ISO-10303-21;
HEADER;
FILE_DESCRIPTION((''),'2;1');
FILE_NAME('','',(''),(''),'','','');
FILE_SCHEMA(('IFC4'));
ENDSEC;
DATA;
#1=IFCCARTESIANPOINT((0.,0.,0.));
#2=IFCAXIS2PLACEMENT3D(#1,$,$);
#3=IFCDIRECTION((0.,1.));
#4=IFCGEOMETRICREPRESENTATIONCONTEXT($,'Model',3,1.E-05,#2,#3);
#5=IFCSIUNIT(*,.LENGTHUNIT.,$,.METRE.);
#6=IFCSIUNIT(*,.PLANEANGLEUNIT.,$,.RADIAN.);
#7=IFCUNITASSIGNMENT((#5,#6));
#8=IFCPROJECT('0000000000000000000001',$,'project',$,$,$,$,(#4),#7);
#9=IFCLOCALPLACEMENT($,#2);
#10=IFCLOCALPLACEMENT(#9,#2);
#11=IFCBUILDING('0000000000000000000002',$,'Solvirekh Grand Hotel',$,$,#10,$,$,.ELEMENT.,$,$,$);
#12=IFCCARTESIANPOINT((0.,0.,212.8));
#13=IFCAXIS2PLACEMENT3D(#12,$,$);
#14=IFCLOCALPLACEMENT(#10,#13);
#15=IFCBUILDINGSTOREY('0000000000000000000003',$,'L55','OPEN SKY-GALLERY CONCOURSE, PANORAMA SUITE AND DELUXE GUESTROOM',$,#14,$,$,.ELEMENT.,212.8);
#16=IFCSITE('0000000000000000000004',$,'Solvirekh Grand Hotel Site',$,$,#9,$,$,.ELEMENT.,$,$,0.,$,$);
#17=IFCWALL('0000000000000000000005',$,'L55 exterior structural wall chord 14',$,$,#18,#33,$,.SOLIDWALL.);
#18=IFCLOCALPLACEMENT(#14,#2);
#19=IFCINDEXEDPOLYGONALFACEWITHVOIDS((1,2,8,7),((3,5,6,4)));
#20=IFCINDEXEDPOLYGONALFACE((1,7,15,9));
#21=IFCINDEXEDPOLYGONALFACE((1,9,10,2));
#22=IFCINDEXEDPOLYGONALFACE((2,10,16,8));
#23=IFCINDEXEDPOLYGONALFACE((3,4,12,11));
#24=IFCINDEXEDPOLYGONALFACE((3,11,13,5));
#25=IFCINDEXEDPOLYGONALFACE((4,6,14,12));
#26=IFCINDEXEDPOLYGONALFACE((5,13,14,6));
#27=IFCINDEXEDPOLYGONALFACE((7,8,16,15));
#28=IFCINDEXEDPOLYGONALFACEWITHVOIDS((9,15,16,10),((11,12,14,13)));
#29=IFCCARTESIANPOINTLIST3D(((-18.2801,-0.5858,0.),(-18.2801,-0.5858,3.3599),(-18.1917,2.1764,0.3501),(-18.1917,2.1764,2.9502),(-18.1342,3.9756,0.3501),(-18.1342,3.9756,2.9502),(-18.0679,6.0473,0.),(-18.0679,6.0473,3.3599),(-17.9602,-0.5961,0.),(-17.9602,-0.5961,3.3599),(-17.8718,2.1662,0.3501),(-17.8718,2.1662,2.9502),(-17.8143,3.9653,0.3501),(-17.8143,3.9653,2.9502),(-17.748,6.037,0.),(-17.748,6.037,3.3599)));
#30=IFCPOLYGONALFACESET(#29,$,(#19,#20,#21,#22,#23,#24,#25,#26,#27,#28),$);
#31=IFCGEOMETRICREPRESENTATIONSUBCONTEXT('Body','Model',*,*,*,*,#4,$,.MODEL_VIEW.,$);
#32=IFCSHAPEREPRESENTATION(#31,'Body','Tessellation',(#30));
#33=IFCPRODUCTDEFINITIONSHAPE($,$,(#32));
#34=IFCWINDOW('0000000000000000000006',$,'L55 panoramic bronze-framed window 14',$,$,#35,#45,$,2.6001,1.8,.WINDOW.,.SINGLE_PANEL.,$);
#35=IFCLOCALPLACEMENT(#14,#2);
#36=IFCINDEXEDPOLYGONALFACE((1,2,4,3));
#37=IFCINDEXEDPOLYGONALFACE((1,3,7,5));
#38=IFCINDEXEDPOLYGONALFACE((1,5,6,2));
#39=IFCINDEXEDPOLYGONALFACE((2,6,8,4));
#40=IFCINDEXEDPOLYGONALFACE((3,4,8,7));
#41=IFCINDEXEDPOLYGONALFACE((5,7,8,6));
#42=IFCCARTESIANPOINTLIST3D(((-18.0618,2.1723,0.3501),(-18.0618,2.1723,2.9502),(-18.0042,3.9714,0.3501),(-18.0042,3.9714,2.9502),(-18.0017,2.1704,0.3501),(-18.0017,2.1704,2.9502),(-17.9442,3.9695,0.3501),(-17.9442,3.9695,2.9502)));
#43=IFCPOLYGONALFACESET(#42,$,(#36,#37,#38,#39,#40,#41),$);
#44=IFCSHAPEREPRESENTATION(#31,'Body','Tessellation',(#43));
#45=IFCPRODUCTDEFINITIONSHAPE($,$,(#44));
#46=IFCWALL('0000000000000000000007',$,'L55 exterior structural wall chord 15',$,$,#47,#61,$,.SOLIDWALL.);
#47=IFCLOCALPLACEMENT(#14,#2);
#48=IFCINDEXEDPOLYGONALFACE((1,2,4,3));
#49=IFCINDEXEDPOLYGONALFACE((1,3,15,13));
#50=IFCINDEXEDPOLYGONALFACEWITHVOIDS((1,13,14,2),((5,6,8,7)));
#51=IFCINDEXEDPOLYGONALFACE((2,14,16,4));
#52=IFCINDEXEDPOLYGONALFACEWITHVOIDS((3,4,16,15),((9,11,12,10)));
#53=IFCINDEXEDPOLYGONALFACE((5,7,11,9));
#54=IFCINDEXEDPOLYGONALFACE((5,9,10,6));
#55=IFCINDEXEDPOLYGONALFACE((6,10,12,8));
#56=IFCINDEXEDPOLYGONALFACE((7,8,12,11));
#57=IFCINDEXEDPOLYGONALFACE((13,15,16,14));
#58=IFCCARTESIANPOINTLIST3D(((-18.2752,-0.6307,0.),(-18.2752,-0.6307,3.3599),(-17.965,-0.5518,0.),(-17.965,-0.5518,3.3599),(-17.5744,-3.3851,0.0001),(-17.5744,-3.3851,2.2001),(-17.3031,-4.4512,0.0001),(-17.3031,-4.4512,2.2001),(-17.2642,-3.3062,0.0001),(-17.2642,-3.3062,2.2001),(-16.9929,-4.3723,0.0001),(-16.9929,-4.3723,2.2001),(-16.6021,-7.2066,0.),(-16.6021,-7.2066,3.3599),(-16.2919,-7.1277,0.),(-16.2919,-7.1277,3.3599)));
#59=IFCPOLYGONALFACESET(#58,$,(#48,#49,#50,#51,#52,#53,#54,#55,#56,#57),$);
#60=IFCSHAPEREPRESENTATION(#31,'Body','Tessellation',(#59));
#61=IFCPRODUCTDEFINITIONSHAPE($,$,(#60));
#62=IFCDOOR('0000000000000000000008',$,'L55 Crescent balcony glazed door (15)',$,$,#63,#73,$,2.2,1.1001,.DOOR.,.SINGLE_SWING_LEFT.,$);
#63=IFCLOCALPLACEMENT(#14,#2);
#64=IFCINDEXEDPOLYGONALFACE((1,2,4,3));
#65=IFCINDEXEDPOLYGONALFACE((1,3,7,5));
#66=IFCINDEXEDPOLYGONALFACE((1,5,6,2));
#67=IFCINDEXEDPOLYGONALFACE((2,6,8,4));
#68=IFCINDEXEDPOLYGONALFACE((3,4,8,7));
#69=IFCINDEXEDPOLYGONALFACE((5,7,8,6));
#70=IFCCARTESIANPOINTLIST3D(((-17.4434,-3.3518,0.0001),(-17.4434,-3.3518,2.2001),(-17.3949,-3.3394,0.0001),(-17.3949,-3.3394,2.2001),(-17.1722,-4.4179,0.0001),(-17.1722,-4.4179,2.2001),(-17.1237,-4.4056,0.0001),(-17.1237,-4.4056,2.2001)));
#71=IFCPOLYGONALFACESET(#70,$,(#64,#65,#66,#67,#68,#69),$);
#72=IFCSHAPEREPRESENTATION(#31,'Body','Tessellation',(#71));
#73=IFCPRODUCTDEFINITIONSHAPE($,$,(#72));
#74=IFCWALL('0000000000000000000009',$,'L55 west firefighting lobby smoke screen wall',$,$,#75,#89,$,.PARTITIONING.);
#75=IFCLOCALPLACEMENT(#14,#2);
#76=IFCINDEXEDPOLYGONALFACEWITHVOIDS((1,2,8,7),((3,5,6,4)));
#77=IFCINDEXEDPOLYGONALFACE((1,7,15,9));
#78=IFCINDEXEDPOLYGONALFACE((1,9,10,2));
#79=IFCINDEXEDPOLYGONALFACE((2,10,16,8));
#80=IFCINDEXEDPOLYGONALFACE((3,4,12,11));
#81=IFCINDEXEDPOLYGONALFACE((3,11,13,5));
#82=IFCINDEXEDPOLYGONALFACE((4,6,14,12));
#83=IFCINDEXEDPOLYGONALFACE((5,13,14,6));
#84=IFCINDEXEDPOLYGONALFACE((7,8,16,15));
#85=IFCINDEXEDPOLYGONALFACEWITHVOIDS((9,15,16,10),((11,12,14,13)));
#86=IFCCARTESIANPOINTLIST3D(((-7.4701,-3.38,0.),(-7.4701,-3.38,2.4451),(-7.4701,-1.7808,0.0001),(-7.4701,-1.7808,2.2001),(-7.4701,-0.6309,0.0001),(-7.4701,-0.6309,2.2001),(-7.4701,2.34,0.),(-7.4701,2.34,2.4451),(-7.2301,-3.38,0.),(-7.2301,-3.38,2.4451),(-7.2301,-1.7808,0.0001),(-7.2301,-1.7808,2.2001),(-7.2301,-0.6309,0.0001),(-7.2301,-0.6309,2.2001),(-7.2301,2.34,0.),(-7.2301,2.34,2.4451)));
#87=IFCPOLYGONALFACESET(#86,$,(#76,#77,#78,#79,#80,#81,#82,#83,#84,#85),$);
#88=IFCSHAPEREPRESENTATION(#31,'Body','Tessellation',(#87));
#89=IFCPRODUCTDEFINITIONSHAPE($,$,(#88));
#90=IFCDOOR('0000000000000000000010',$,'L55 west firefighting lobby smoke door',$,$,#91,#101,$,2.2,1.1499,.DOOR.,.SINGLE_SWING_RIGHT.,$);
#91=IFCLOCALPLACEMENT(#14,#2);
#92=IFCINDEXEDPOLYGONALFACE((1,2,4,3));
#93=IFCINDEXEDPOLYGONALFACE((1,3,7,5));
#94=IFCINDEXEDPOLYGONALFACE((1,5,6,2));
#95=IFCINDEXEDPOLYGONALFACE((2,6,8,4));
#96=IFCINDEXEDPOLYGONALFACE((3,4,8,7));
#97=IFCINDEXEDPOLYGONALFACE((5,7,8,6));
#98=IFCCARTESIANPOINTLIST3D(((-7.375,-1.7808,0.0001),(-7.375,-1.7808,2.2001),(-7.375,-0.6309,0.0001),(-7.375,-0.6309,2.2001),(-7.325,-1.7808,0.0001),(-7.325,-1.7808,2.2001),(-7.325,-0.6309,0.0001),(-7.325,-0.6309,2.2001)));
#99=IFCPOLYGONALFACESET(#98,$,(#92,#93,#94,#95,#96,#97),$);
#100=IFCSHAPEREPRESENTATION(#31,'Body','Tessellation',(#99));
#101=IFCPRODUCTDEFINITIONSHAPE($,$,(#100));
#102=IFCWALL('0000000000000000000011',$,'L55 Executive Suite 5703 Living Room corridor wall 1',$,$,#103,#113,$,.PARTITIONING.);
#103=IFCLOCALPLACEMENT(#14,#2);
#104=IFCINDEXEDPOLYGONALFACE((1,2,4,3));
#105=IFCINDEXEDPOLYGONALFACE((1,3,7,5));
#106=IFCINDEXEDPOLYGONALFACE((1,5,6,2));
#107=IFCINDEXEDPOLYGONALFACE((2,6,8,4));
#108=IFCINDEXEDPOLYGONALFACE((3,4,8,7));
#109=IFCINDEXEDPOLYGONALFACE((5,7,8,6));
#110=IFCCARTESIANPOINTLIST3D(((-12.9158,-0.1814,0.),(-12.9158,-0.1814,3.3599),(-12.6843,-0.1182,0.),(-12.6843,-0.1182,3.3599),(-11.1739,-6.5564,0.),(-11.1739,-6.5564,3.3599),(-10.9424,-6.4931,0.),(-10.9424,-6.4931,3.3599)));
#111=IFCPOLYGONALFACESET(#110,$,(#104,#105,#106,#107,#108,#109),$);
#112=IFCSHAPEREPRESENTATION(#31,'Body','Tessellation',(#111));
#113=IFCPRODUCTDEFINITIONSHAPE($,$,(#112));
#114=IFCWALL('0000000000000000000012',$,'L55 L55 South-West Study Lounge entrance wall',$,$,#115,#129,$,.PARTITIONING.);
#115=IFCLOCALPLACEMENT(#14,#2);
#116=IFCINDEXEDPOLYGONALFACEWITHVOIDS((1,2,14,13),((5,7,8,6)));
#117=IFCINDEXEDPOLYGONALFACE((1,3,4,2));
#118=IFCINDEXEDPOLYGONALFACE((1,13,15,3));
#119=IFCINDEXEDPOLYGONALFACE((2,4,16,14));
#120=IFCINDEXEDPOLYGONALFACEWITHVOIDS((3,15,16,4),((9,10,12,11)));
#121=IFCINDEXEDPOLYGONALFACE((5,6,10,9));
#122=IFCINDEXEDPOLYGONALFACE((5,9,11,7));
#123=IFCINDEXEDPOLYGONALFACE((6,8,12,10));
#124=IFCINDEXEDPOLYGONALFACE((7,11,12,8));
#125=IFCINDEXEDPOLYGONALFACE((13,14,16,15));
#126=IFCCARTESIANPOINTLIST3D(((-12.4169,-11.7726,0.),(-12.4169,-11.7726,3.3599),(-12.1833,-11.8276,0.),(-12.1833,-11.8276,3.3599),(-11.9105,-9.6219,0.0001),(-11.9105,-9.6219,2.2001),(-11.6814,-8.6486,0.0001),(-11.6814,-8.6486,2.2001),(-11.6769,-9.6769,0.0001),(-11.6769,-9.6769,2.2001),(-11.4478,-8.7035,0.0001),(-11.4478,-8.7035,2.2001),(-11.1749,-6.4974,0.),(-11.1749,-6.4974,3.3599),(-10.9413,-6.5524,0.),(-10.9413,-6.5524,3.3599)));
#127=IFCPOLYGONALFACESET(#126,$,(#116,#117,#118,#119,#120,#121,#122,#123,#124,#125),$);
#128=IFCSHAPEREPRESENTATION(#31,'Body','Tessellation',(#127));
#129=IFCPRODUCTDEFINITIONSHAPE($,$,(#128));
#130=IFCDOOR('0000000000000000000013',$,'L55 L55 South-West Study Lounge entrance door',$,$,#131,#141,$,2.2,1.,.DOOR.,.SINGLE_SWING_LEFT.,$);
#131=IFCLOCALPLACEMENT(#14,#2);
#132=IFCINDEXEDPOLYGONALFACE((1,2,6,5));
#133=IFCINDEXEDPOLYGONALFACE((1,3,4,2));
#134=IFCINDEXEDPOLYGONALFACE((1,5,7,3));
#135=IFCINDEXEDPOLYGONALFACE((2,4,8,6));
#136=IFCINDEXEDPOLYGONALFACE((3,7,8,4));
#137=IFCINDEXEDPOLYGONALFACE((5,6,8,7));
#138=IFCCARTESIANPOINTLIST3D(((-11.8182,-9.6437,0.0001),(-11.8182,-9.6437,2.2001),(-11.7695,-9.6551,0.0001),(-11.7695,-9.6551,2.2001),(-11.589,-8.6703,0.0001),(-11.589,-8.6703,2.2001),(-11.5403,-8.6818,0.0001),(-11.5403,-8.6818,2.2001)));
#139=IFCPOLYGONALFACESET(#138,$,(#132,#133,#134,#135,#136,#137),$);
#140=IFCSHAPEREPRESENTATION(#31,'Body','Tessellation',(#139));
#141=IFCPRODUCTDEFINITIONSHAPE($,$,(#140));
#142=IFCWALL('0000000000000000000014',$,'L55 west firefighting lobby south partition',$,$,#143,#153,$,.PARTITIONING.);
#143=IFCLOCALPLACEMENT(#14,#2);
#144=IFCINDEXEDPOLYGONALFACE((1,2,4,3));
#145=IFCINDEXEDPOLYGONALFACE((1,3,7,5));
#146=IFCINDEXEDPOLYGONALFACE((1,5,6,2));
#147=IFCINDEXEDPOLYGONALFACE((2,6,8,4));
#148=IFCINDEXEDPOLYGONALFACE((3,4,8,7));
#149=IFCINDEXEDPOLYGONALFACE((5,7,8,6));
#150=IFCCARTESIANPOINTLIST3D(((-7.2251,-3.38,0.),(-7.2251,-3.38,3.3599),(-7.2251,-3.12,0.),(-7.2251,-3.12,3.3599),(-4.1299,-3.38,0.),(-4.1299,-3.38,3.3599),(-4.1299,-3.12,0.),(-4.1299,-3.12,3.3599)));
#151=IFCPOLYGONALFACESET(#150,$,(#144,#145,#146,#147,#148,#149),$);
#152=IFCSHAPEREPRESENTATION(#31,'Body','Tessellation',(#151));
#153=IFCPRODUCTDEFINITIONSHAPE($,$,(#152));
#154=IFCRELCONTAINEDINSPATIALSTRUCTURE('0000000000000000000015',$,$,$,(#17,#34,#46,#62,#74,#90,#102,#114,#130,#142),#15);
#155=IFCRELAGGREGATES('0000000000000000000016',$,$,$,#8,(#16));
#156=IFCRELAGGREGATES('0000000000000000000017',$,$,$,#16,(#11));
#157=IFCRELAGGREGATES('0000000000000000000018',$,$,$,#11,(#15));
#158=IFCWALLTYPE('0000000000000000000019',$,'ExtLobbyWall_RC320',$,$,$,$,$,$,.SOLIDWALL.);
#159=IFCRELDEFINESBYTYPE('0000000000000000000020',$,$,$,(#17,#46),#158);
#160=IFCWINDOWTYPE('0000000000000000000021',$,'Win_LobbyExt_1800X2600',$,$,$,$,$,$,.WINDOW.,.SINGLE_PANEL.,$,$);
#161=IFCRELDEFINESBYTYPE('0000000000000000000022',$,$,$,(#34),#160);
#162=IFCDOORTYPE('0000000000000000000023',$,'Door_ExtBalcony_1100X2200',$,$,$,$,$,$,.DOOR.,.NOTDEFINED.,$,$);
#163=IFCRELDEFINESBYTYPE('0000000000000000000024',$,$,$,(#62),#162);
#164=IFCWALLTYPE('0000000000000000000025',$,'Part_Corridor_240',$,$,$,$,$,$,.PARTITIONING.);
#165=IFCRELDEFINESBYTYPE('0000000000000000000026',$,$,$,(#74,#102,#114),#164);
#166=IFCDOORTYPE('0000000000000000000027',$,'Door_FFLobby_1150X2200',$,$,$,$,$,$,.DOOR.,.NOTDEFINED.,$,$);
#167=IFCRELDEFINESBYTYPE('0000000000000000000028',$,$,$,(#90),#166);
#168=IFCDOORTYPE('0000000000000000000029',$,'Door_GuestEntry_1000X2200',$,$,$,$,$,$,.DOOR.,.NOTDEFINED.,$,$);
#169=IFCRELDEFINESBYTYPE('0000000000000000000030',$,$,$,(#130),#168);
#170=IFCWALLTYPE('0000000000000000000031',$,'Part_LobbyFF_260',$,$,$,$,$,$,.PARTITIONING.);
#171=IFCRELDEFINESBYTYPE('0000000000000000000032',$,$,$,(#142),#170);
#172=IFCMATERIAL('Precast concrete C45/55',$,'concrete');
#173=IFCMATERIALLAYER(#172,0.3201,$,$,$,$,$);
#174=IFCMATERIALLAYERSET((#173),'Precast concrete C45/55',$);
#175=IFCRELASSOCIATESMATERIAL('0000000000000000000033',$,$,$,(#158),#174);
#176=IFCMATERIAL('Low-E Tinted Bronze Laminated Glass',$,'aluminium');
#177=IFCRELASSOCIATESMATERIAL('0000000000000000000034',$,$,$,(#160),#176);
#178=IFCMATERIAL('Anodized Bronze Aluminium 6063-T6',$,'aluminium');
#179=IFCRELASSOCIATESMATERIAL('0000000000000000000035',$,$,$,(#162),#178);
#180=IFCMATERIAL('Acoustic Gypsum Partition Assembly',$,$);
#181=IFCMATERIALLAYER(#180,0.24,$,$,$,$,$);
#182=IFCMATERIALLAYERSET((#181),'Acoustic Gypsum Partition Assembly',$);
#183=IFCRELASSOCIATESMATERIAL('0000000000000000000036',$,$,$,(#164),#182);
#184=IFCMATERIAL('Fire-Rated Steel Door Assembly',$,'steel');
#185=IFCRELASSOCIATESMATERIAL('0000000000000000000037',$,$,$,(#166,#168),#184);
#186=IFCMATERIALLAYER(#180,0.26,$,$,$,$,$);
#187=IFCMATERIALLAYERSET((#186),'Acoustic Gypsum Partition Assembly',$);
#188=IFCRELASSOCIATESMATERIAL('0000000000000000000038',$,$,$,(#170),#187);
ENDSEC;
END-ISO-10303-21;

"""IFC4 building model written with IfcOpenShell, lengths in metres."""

from ifc_helpers import new_model, si_unit, direction, frame, frame_2d, origin, place, context, subcontext, project, spatial, rectangle, extrude, material, layer, layer_set, type_object, element, fill, save


model = new_model("IFC4")

# Units and contexts
model_context = context("Model", 3, precision=1e-05, world=origin(), true_north=direction((0.0, 1.0)))
body_context = subcontext(model_context, "Body", "Model", "MODEL_VIEW")
ifc_project = project(units=[si_unit("LENGTHUNIT", "METRE"), si_unit("PLANEANGLEUNIT", "RADIAN")], contexts=[model_context])

# Site, building, storey
site_placement = place(None, origin())
site = spatial("IfcSite", under=ifc_project, at=site_placement, Name="Solvirekh Grand Hotel Site", CompositionType="ELEMENT", RefElevation=0.0)
building_placement = place(site_placement, origin())
building = spatial("IfcBuilding", under=site, at=building_placement, Name="Solvirekh Grand Hotel", CompositionType="ELEMENT")
storey_placement = place(building_placement, frame((0.0, 0.0, 212.8)))
storey = spatial("IfcBuildingStorey", under=building, at=storey_placement, Name="L55", Description="OPEN SKY-GALLERY CONCOURSE, PANORAMA SUITE AND DELUXE GUESTROOM", CompositionType="ELEMENT", Elevation=212.8)

# Wall, opening, window
ifc_material_1 = material(Name="Precast concrete C45/55", Category="concrete")
ifc_layer_1 = layer(ifc_material_1, 0.3201)
ifc_layer_set_1 = layer_set([ifc_layer_1], Name="Precast concrete C45/55")
wall_type_1 = type_object("IfcWallType", Name="ExtLobbyWall_RC320", PredefinedType="SOLIDWALL", material=ifc_layer_set_1)
wall_1_placement = place(storey_placement, frame((-18.1201, -0.5911, 0.0), z_axis=(0.0, 0.0, 1.0), x_axis=(0.031969, 0.999489, 0.0)))
wall_1 = element("IfcWall", 1, at=wall_1_placement, inside=storey, type_object=wall_type_1, Name="L55 exterior structural wall chord 14", PredefinedType="SOLIDWALL", context=body_context, shape_type="SweptSolid", body=[
    extrude(rectangle(XDim=6.6365, YDim=0.3201, at=frame_2d((3.3184, 0.0))), origin(), (0.0, 0.0, 1.0), 3.3599),
])
opening_1_placement = place(wall_1_placement, frame((2.7639, 0.0, 0.3501)))
opening_1 = element("IfcOpeningElement", 2, at=opening_1_placement, cuts=wall_1, PredefinedType="OPENING", context=body_context, shape_type="SweptSolid", body=[
    extrude(rectangle(XDim=1.8, YDim=2.6001, at=frame_2d((0.8999, 1.3))), frame((0.0, 0.1699, 0.0), z_axis=(0.0, -1.0, 0.0), x_axis=(1.0, 0.0, 0.0)), (0.0, 0.0, 1.0), 0.3401),
])
ifc_material_2 = material(Name="Low-E Tinted Bronze Laminated Glass", Category="aluminium")
window_type = type_object("IfcWindowType", Name="Win_LobbyExt_1800X2600", PartitioningType="SINGLE_PANEL", PredefinedType="WINDOW", material=ifc_material_2)
window_placement = place(opening_1_placement, origin())
window = element("IfcWindow", 3, at=window_placement, inside=storey, type_object=window_type, Name="L55 panoramic bronze-framed window 14", OverallHeight=2.6001, OverallWidth=1.8, PartitioningType="SINGLE_PANEL", PredefinedType="WINDOW", context=body_context, shape_type="SweptSolid", body=[
    extrude(rectangle(XDim=1.8, YDim=2.6001, at=frame_2d((0.8999, 1.3))), frame((0.0, 0.03, 0.0), z_axis=(0.0, -1.0, 0.0), x_axis=(1.0, 0.0, 0.0)), (0.0, 0.0, 1.0), 0.0601),
])
fill(opening_1, window)

# Walls, openings, doors
wall_2_placement = place(storey_placement, frame((-16.447, -7.167, 0.0), z_axis=(0.0, 0.0, 1.0), x_axis=(-0.246572, 0.969125, 0.0)))
wall_2 = element("IfcWall", 4, at=wall_2_placement, inside=storey, type_object=wall_type_1, Name="L55 exterior structural wall chord 15", PredefinedType="SOLIDWALL", context=body_context, shape_type="SweptSolid", body=[
    extrude(rectangle(XDim=6.7854, YDim=0.3201, at=frame_2d((3.3926, 0.0))), origin(), (0.0, 0.0, 1.0), 3.3599),
])
opening_2_placement = place(wall_2_placement, frame((2.843, 0.0, 0.0)))
opening_2 = element("IfcOpeningElement", 5, at=opening_2_placement, cuts=wall_2, PredefinedType="OPENING", context=body_context, shape_type="SweptSolid", body=[
    extrude(rectangle(XDim=1.1001, YDim=2.2, at=frame_2d((0.55, 1.1001))), frame((0.0, 0.1699, 0.0), z_axis=(0.0, -1.0, 0.0), x_axis=(1.0, 0.0, 0.0)), (0.0, 0.0, 1.0), 0.3401),
])
ifc_material_3 = material(Name="Anodized Bronze Aluminium 6063-T6", Category="aluminium")
door_type_1 = type_object("IfcDoorType", Name="Door_ExtBalcony_1100X2200", OperationType="NOTDEFINED", PredefinedType="DOOR", material=ifc_material_3)
door_1_placement = place(opening_2_placement, origin())
door_1 = element("IfcDoor", 6, at=door_1_placement, inside=storey, type_object=door_type_1, Name="L55 Crescent balcony glazed door (15)", OperationType="SINGLE_SWING_LEFT", OverallHeight=2.2, OverallWidth=1.1001, PredefinedType="DOOR", context=body_context, shape_type="SweptSolid", body=[
    extrude(rectangle(XDim=1.1001, YDim=2.2, at=frame_2d((0.55, 1.1001))), frame((0.0, 0.0249, 0.0), z_axis=(0.0, -1.0, 0.0), x_axis=(1.0, 0.0, 0.0)), (0.0, 0.0, 1.0), 0.05),
])
fill(opening_2, door_1)
ifc_material_4 = material(Name="Acoustic Gypsum Partition Assembly")
ifc_layer_2 = layer(ifc_material_4, 0.24)
ifc_layer_set_2 = layer_set([ifc_layer_2], Name="Acoustic Gypsum Partition Assembly")
wall_type_2 = type_object("IfcWallType", Name="Part_Corridor_240", PredefinedType="PARTITIONING", material=ifc_layer_set_2)
wall_3_placement = place(storey_placement, frame((-7.3501, -3.3799, 0.0), z_axis=(0.0, 0.0, 1.0), x_axis=(0.0, 1.0, 0.0)))
wall_3 = element("IfcWall", 7, at=wall_3_placement, inside=storey, type_object=wall_type_2, Name="L55 west firefighting lobby smoke screen wall", PredefinedType="PARTITIONING", context=body_context, shape_type="SweptSolid", body=[
    extrude(rectangle(XDim=5.72, YDim=0.24, at=frame_2d((2.8599, 0.0))), origin(), (0.0, 0.0, 1.0), 2.4451),
])
opening_3_placement = place(wall_3_placement, frame((1.5991, 0.0, 0.0)))
opening_3 = element("IfcOpeningElement", 8, at=opening_3_placement, cuts=wall_3, PredefinedType="OPENING", context=body_context, shape_type="SweptSolid", body=[
    extrude(rectangle(XDim=1.1499, YDim=2.2, at=frame_2d((0.575, 1.1001))), frame((0.0, 0.1299, 0.0), z_axis=(0.0, -1.0, 0.0), x_axis=(1.0, 0.0, 0.0)), (0.0, 0.0, 1.0), 0.26),
])
ifc_material_5 = material(Name="Fire-Rated Steel Door Assembly", Category="steel")
door_type_2 = type_object("IfcDoorType", Name="Door_FFLobby_1150X2200", OperationType="NOTDEFINED", PredefinedType="DOOR", material=ifc_material_5)
door_2_placement = place(opening_3_placement, origin())
door_2 = element("IfcDoor", 9, at=door_2_placement, inside=storey, type_object=door_type_2, Name="L55 west firefighting lobby smoke door", OperationType="SINGLE_SWING_RIGHT", OverallHeight=2.2, OverallWidth=1.1499, PredefinedType="DOOR", context=body_context, shape_type="SweptSolid", body=[
    extrude(rectangle(XDim=1.1499, YDim=2.2, at=frame_2d((0.575, 1.1001))), frame((0.0, 0.0249, 0.0), z_axis=(0.0, -1.0, 0.0), x_axis=(1.0, 0.0, 0.0)), (0.0, 0.0, 1.0), 0.05),
])
fill(opening_3, door_2)

# Wall
wall_4_placement = place(storey_placement, frame((-12.8, -0.1499, 0.0), z_axis=(0.0, 0.0, 1.0), x_axis=(0.263583, -0.964637, 0.0)))
element("IfcWall", 10, at=wall_4_placement, inside=storey, type_object=wall_type_2, Name="L55 Executive Suite 5703 Living Room corridor wall 1", PredefinedType="PARTITIONING", context=body_context, shape_type="SweptSolid", body=[
    extrude(rectangle(XDim=6.6086, YDim=0.24, at=frame_2d((3.3042, 0.0))), origin(), (0.0, 0.0, 1.0), 3.3599),
])

# Wall, opening, door
wall_5_placement = place(storey_placement, frame((-11.0581, -6.5249, 0.0), z_axis=(0.0, 0.0, 1.0), x_axis=(-0.229167, -0.973387, 0.0)))
wall_5 = element("IfcWall", 11, at=wall_5_placement, inside=storey, type_object=wall_type_2, Name="L55 L55 South-West Study Lounge entrance wall", PredefinedType="PARTITIONING", context=body_context, shape_type="SweptSolid", body=[
    extrude(rectangle(XDim=5.4194, YDim=0.24, at=frame_2d((2.7097, 0.0))), origin(), (0.0, 0.0, 1.0), 3.3599),
])
opening_4_placement = place(wall_5_placement, frame((2.21, 0.0, 0.0)))
opening_4 = element("IfcOpeningElement", 12, at=opening_4_placement, cuts=wall_5, PredefinedType="OPENING", context=body_context, shape_type="SweptSolid", body=[
    extrude(rectangle(XDim=1.0, YDim=2.2, at=frame_2d((0.5, 1.1001))), frame((0.0, 0.1299, 0.0), z_axis=(0.0, -1.0, 0.0), x_axis=(1.0, 0.0, 0.0)), (0.0, 0.0, 1.0), 0.26),
])
door_type_3 = type_object("IfcDoorType", Name="Door_GuestEntry_1000X2200", OperationType="NOTDEFINED", PredefinedType="DOOR", material=ifc_material_5)
door_3_placement = place(opening_4_placement, origin())
door_3 = element("IfcDoor", 13, at=door_3_placement, inside=storey, type_object=door_type_3, Name="L55 L55 South-West Study Lounge entrance door", OperationType="SINGLE_SWING_LEFT", OverallHeight=2.2, OverallWidth=1.0, PredefinedType="DOOR", context=body_context, shape_type="SweptSolid", body=[
    extrude(rectangle(XDim=1.0, YDim=2.2, at=frame_2d((0.5, 1.1001))), frame((0.0, 0.0249, 0.0), z_axis=(0.0, -1.0, 0.0), x_axis=(1.0, 0.0, 0.0)), (0.0, 0.0, 1.0), 0.05),
])
fill(opening_4, door_3)

# Wall
ifc_layer_3 = layer(ifc_material_4, 0.26)
ifc_layer_set_3 = layer_set([ifc_layer_3], Name="Acoustic Gypsum Partition Assembly")
wall_type_3 = type_object("IfcWallType", Name="Part_LobbyFF_260", PredefinedType="PARTITIONING", material=ifc_layer_set_3)
wall_6_placement = place(storey_placement, frame((-7.2251, -3.25, 0.0), z_axis=(0.0, 0.0, 1.0), x_axis=(1.0, 0.0, 0.0)))
element("IfcWall", 14, at=wall_6_placement, inside=storey, type_object=wall_type_3, Name="L55 west firefighting lobby south partition", PredefinedType="PARTITIONING", context=body_context, shape_type="SweptSolid", body=[
    extrude(rectangle(XDim=3.0952, YDim=0.26, at=frame_2d((1.5476, 0.0))), origin(), (0.0, 0.0, 1.0), 3.3599),
])

save(model, "model.ifc")
